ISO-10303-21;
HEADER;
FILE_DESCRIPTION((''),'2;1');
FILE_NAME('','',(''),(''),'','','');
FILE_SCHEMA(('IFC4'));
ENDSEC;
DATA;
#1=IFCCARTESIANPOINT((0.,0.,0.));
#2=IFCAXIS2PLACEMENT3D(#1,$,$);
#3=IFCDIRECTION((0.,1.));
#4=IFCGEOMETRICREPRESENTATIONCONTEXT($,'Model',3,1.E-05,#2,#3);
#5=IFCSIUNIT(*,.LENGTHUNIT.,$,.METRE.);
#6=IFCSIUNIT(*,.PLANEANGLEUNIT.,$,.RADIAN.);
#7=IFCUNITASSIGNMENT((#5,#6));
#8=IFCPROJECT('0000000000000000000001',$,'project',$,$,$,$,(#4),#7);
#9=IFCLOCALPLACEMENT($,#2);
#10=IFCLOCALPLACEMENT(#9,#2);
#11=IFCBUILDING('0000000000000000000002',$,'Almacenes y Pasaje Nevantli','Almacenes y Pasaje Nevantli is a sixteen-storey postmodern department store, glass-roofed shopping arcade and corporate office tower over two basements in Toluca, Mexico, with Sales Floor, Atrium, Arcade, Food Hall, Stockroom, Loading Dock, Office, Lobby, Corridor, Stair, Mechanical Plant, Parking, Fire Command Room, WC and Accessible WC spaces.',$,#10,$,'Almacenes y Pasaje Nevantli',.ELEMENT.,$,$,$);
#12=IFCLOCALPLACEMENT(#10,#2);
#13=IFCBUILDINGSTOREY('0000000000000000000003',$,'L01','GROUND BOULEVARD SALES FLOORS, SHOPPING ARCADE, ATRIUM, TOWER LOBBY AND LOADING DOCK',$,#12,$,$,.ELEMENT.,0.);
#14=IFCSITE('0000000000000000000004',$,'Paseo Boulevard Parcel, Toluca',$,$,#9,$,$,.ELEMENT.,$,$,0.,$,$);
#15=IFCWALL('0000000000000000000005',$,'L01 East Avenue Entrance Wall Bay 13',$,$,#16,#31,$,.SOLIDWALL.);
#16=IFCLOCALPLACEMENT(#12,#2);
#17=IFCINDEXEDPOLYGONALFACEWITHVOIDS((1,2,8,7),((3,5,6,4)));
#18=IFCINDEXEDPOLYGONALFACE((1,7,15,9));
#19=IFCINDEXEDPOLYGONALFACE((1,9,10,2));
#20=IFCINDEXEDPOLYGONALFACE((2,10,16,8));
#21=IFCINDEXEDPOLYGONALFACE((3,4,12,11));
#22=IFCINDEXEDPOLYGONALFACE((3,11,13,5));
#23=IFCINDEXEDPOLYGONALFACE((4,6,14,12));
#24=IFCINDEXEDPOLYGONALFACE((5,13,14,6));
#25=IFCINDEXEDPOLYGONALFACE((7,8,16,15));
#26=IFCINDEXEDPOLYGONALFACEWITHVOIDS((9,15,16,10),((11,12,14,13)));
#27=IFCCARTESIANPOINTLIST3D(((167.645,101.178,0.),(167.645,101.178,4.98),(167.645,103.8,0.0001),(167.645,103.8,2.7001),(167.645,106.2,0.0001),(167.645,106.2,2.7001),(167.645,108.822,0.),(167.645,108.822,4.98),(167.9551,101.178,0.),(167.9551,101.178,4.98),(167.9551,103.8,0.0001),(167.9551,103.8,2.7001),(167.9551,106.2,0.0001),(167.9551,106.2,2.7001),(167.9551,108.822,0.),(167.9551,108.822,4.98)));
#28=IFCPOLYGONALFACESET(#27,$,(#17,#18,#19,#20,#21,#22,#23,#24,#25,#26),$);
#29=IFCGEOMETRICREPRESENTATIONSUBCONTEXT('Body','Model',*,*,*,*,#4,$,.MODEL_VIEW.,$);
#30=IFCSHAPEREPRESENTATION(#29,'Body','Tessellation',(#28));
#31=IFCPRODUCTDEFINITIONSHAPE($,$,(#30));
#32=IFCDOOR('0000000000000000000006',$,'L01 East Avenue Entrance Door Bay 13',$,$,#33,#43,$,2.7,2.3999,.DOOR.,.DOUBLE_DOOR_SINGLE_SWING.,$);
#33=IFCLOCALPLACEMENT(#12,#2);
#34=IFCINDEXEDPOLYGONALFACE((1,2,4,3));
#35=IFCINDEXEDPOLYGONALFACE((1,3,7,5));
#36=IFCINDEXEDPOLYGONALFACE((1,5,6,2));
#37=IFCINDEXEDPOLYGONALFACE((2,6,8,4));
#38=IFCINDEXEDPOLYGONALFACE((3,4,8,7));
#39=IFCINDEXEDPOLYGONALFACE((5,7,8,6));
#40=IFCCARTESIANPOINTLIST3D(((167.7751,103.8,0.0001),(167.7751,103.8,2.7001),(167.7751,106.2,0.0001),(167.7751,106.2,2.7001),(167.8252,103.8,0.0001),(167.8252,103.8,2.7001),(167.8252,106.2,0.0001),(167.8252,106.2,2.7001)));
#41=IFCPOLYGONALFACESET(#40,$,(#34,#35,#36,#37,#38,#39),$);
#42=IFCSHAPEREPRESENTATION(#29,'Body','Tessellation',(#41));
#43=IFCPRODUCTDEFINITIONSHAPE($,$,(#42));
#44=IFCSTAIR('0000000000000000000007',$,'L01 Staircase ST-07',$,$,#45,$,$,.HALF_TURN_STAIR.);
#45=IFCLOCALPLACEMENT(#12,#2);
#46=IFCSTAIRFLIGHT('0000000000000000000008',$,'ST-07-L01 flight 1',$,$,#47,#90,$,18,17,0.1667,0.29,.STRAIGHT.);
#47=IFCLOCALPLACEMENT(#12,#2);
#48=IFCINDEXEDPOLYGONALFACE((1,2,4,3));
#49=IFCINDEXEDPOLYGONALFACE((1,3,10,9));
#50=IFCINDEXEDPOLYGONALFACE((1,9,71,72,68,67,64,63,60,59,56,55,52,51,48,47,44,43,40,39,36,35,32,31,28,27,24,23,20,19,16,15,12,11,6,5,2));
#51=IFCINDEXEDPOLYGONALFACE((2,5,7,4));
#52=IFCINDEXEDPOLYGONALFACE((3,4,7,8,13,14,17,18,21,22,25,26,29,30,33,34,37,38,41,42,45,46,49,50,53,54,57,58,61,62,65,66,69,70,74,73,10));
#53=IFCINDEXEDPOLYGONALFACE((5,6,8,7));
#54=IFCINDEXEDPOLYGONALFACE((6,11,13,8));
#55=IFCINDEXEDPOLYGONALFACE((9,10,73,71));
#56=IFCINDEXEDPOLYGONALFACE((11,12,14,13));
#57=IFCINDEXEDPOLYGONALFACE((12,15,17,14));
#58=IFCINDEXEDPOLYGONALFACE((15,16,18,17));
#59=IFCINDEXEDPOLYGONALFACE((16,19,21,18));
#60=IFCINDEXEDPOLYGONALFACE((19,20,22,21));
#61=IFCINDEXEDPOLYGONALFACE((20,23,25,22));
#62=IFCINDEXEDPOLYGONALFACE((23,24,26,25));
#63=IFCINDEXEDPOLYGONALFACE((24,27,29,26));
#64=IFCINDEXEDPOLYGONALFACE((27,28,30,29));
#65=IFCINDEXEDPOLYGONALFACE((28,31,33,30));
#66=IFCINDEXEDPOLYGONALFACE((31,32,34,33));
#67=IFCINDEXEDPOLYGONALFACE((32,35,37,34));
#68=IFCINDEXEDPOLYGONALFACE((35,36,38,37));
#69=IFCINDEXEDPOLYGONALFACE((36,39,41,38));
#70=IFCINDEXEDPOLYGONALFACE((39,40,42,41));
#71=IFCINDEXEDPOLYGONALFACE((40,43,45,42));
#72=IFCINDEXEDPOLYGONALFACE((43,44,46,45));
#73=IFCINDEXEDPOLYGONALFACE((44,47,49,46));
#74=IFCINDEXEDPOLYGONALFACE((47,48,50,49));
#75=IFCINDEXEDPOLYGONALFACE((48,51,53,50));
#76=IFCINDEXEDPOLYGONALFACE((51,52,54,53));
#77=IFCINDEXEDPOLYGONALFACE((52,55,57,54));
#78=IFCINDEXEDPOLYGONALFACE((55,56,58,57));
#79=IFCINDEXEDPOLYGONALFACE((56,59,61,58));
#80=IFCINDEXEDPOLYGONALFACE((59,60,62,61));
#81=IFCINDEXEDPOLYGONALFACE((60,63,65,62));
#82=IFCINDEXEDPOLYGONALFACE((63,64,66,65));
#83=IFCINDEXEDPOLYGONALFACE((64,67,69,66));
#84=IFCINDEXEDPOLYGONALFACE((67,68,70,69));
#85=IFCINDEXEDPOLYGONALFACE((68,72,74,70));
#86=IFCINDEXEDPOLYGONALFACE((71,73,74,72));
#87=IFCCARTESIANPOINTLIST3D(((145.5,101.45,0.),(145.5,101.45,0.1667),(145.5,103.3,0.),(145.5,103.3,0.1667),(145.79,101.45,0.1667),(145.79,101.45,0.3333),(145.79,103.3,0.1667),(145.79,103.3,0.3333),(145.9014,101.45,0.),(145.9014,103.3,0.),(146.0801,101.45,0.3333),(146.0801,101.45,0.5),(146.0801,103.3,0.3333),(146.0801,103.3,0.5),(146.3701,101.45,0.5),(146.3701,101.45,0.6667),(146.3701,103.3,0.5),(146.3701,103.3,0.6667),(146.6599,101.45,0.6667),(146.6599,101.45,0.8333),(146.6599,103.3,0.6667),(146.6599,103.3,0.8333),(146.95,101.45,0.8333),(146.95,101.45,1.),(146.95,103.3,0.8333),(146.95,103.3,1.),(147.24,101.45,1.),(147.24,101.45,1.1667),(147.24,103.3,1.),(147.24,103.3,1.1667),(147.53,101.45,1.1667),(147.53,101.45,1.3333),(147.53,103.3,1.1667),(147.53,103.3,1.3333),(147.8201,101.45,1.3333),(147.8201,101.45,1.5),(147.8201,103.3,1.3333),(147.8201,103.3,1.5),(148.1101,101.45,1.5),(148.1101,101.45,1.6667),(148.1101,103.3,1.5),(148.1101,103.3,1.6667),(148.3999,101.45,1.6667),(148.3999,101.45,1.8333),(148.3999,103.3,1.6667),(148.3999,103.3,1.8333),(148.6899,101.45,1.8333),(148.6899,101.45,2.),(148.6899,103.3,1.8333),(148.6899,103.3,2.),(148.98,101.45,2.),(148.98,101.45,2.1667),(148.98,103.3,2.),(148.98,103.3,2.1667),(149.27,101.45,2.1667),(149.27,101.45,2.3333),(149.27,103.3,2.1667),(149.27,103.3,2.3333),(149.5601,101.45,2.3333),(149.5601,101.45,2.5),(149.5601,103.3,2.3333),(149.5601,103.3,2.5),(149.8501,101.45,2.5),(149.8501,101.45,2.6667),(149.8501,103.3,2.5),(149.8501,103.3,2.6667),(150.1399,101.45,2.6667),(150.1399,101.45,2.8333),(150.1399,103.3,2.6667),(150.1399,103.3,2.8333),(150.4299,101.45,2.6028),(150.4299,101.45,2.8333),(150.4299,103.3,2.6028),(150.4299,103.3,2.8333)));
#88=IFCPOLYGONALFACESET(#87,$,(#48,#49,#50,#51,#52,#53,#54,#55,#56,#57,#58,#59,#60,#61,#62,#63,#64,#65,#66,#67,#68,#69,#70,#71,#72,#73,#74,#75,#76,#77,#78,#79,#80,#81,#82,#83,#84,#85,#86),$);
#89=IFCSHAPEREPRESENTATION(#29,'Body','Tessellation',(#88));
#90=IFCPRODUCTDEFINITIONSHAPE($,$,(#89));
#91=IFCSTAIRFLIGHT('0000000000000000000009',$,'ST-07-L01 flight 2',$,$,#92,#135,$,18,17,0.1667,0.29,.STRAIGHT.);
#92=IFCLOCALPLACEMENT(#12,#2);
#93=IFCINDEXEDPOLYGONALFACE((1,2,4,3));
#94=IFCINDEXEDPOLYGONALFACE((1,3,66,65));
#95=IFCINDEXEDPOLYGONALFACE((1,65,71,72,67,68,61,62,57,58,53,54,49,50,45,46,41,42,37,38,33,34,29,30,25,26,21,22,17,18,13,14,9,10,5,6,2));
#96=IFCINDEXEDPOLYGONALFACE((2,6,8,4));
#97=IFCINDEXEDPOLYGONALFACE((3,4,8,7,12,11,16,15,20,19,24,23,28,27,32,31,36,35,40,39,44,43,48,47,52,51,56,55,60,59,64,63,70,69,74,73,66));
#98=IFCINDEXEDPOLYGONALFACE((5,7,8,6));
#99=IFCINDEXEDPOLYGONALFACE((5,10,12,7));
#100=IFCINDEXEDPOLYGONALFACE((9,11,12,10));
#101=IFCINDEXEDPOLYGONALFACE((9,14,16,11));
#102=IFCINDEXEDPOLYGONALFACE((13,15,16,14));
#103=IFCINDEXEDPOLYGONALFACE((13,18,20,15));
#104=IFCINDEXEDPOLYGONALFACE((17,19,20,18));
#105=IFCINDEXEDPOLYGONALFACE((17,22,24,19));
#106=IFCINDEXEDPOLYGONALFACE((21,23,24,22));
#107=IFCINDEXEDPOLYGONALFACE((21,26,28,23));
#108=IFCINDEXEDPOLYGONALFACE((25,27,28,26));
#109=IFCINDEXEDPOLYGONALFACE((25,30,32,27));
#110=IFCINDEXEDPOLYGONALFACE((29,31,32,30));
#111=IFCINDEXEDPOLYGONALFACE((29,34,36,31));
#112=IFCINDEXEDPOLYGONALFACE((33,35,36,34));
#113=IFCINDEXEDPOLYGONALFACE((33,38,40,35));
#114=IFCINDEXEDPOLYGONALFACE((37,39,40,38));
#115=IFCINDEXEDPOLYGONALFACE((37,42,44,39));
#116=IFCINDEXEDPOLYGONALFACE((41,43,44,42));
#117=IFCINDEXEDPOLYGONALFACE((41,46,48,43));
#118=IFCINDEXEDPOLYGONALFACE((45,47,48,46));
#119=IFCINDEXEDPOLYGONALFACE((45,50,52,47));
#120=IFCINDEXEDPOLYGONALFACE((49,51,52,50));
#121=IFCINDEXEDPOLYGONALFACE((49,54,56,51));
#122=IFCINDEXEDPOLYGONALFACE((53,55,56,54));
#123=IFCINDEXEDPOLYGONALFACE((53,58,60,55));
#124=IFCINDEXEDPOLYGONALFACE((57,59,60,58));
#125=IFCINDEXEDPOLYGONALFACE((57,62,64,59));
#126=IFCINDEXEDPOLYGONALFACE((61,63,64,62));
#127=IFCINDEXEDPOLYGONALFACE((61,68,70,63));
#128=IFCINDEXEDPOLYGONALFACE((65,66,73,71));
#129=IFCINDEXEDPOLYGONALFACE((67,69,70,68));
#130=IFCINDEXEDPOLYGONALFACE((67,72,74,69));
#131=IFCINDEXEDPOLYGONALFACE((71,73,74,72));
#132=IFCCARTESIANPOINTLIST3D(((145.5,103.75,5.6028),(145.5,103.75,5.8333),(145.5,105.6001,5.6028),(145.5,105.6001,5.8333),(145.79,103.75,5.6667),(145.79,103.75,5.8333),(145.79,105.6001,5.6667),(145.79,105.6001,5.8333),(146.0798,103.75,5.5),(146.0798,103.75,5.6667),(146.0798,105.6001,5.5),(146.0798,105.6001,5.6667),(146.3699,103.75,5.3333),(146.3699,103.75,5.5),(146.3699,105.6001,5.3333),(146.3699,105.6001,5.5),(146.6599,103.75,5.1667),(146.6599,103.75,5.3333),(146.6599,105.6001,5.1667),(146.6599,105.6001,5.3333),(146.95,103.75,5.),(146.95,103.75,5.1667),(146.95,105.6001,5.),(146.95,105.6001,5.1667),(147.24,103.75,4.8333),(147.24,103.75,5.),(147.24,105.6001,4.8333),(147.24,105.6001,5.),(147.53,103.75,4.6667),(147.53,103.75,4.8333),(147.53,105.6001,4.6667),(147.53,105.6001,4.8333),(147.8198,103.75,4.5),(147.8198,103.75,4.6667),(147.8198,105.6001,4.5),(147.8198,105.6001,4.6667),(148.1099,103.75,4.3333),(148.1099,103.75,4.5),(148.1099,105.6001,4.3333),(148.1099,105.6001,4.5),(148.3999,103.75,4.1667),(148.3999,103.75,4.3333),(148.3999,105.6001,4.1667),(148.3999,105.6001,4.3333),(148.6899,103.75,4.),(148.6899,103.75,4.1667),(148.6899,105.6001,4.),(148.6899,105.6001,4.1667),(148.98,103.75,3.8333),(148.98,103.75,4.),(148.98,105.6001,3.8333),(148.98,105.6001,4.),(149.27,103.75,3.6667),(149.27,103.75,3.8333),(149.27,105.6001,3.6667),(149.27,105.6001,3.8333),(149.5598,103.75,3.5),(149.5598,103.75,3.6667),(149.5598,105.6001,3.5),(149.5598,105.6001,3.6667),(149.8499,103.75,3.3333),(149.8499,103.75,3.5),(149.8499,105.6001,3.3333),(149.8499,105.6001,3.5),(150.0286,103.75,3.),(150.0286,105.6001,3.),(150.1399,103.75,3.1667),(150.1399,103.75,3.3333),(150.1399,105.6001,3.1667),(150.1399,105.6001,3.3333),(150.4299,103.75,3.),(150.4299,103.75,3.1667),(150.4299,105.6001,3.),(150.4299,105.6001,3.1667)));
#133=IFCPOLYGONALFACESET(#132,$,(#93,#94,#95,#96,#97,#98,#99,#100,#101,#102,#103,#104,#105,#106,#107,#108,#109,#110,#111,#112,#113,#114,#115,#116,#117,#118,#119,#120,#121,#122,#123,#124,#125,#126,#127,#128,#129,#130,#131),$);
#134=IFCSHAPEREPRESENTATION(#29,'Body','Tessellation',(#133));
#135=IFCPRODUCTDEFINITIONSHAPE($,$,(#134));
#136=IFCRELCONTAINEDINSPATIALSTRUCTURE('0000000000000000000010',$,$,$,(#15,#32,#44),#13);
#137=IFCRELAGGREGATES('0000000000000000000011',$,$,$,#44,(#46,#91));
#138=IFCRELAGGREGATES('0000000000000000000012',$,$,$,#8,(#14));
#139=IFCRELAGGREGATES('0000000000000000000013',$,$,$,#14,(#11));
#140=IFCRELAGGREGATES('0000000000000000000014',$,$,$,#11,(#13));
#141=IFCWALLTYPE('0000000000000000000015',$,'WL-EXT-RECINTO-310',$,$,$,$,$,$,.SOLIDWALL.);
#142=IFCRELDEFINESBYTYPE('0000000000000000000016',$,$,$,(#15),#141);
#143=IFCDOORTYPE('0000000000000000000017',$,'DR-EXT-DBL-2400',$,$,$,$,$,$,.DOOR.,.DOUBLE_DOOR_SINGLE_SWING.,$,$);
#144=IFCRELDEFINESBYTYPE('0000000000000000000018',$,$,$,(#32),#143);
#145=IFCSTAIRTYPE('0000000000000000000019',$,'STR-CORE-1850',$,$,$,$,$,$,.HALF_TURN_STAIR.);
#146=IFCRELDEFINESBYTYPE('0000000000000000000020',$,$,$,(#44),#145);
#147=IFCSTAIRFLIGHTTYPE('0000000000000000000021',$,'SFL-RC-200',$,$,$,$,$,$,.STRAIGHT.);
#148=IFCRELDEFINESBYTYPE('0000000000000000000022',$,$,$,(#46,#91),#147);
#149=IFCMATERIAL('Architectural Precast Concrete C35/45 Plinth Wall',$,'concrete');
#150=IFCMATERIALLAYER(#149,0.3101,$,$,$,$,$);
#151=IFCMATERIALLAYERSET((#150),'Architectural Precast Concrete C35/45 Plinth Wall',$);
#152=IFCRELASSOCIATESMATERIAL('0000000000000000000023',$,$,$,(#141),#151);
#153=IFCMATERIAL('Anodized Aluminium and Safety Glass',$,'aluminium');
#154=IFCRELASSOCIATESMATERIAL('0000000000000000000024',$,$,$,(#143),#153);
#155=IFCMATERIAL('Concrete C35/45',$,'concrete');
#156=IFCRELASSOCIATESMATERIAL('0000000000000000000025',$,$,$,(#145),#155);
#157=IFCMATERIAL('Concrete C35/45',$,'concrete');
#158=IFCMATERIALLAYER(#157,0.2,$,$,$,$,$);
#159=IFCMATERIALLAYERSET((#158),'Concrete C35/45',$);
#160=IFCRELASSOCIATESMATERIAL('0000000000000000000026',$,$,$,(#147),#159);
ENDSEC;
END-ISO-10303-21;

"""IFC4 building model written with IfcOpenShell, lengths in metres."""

from ifc_helpers import new_model, si_unit, direction, frame, frame_2d, origin, place, context, subcontext, project, spatial, polyline, rectangle, outline, extrude, material, layer, layer_set, type_object, element, fill, aggregate, save


model = new_model("IFC4")

# Units and contexts
model_context = context("Model", 3, precision=1e-05, world=origin(), true_north=direction((0.0, 1.0)))
body_context = subcontext(model_context, "Body", "Model", "MODEL_VIEW")
ifc_project = project(units=[si_unit("LENGTHUNIT", "METRE"), si_unit("PLANEANGLEUNIT", "RADIAN")], contexts=[model_context])

# Site, building, storey
site_placement = place(None, origin())
site = spatial("IfcSite", under=ifc_project, at=site_placement, Name="Paseo Boulevard Parcel, Toluca", CompositionType="ELEMENT", RefElevation=0.0)
building_placement = place(site_placement, origin())
building = spatial("IfcBuilding", under=site, at=building_placement, Name="Almacenes y Pasaje Nevantli", Description="Almacenes y Pasaje Nevantli is a sixteen-storey postmodern department store, glass-roofed shopping arcade and corporate office tower over two basements in Toluca, Mexico, with Sales Floor, Atrium, Arcade, Food Hall, Stockroom, Loading Dock, Office, Lobby, Corridor, Stair, Mechanical Plant, Parking, Fire Command Room, WC and Accessible WC spaces.", LongName="Almacenes y Pasaje Nevantli", CompositionType="ELEMENT")
storey_placement = place(building_placement, origin())
storey = spatial("IfcBuildingStorey", under=building, at=storey_placement, Name="L01", Description="GROUND BOULEVARD SALES FLOORS, SHOPPING ARCADE, ATRIUM, TOWER LOBBY AND LOADING DOCK", CompositionType="ELEMENT", Elevation=0.0)

# Shared definitions
ifc_material_1 = material(Name="Architectural Precast Concrete C35/45 Plinth Wall", Category="concrete")
ifc_layer_1 = layer(ifc_material_1, 0.3101)
ifc_layer_set_1 = layer_set([ifc_layer_1], Name="Architectural Precast Concrete C35/45 Plinth Wall")
wall_type_1 = type_object("IfcWallType", Name="WL-EXT-RECINTO-310", PredefinedType="SOLIDWALL", material=ifc_layer_set_1)

# Wall, opening, door
wall_1_placement = place(storey_placement, frame((167.8, 101.178, 0.0), z_axis=(0.0, 0.0, 1.0), x_axis=(0.0, 1.0, 0.0)))
wall_1 = element("IfcWall", 1, at=wall_1_placement, inside=storey, type_object=wall_type_1, Name="L01 East Avenue Entrance Wall Bay 13", PredefinedType="SOLIDWALL", context=body_context, shape_type="SweptSolid", body=[
    extrude(rectangle(XDim=7.644, YDim=0.3101, at=frame_2d((3.822, 0.0))), origin(), (0.0, 0.0, 1.0), 4.98),
])
opening_1_placement = place(wall_1_placement, frame((2.6221, 0.0, 0.0)))
opening_1 = element("IfcOpeningElement", 2, at=opening_1_placement, cuts=wall_1, PredefinedType="OPENING", context=body_context, shape_type="SweptSolid", body=[
    extrude(rectangle(XDim=2.3999, YDim=2.7, at=frame_2d((1.2, 1.3501))), frame((0.0, 0.165, 0.0), z_axis=(0.0, -1.0, 0.0), x_axis=(1.0, 0.0, 0.0)), (0.0, 0.0, 1.0), 0.3301),
])
ifc_material_2 = material(Name="Anodized Aluminium and Safety Glass", Category="aluminium")
door_type = type_object("IfcDoorType", Name="DR-EXT-DBL-2400", OperationType="DOUBLE_DOOR_SINGLE_SWING", PredefinedType="DOOR", material=ifc_material_2)
door_placement = place(opening_1_placement, origin())
door = element("IfcDoor", 3, at=door_placement, inside=storey, type_object=door_type, Name="L01 East Avenue Entrance Door Bay 13", OperationType="DOUBLE_DOOR_SINGLE_SWING", OverallHeight=2.7, OverallWidth=2.3999, PredefinedType="DOOR", context=body_context, shape_type="SweptSolid", body=[
    extrude(rectangle(XDim=2.3999, YDim=2.7, at=frame_2d((1.2, 1.3501))), frame((0.0, 0.0249, 0.0), z_axis=(0.0, -1.0, 0.0), x_axis=(1.0, 0.0, 0.0)), (0.0, 0.0, 1.0), 0.05),
])
fill(opening_1, door)

# Stair, stair flights
ifc_material_3 = material(Name="Concrete C35/45", Category="concrete")
stair_type = type_object("IfcStairType", Name="STR-CORE-1850", PredefinedType="HALF_TURN_STAIR", material=ifc_material_3)
stair_placement = place(storey_placement, origin())
stair = element("IfcStair", 4, at=stair_placement, inside=storey, type_object=stair_type, Name="L01 Staircase ST-07", PredefinedType="HALF_TURN_STAIR")
ifc_material_4 = material(Name="Concrete C35/45", Category="concrete")
ifc_layer_2 = layer(ifc_material_4, 0.2)
ifc_layer_set_2 = layer_set([ifc_layer_2], Name="Concrete C35/45")
stair_flight_type = type_object("IfcStairFlightType", Name="SFL-RC-200", PredefinedType="STRAIGHT", material=ifc_layer_set_2)
stair_flight_1_placement = place(storey_placement, frame((145.5, 102.375, 0.0), z_axis=(0.0, 0.0, 1.0), x_axis=(1.0, 0.0, 0.0)))
stair_flight_1 = element("IfcStairFlight", 5, at=stair_flight_1_placement, type_object=stair_flight_type, Name="ST-07-L01 flight 1", NumberOfRisers=18, NumberOfTreads=17, PredefinedType="STRAIGHT", RiserHeight=0.1667, TreadLength=0.29, context=body_context, shape_type="SweptSolid", body=[
    extrude(outline(polyline([(0.0, 0.0), (0.0, 0.1667), (0.29, 0.1667), (0.29, 0.3333), (0.5801, 0.3333), (0.5801, 0.5), (0.8701, 0.5), (0.8701, 0.6667), (1.1599, 0.6667), (1.1599, 0.8333), (1.45, 0.8333), (1.45, 1.0), (1.74, 1.0), (1.74, 1.1667), (2.03, 1.1667), (2.03, 1.3333), (2.3201, 1.3333), (2.3201, 1.5), (2.6101, 1.5), (2.6101, 1.6667), (2.8999, 1.6667), (2.8999, 1.8333), (3.1899, 1.8333), (3.1899, 2.0), (3.48, 2.0), (3.48, 2.1667), (3.77, 2.1667), (3.77, 2.3333), (4.0601, 2.3333), (4.0601, 2.5), (4.3501, 2.5), (4.3501, 2.6667), (4.6399, 2.6667), (4.6399, 2.8333), (4.9299, 2.8333), (4.9299, 3.0), (4.9299, 2.6028), (0.4014, 0.0), (0.0, 0.0)])), frame((0.0, 0.925, 0.0), z_axis=(0.0, -1.0, 0.0), x_axis=(1.0, 0.0, 0.0)), (0.0, 0.0, 1.0), 1.8501),
])
stair_flight_2_placement = place(storey_placement, frame((150.4299, 104.675, 3.0), z_axis=(0.0, 0.0, 1.0), x_axis=(-1.0, 0.0, 0.0)))
stair_flight_2 = element("IfcStairFlight", 6, at=stair_flight_2_placement, type_object=stair_flight_type, Name="ST-07-L01 flight 2", NumberOfRisers=18, NumberOfTreads=17, PredefinedType="STRAIGHT", RiserHeight=0.1667, TreadLength=0.29, context=body_context, shape_type="SweptSolid", body=[
    extrude(outline(polyline([(0.0, 0.0), (0.0, 0.1667), (0.29, 0.1667), (0.29, 0.3333), (0.5801, 0.3333), (0.5801, 0.5), (0.8701, 0.5), (0.8701, 0.6667), (1.1599, 0.6667), (1.1599, 0.8333), (1.45, 0.8333), (1.45, 1.0), (1.74, 1.0), (1.74, 1.1667), (2.03, 1.1667), (2.03, 1.3333), (2.3201, 1.3333), (2.3201, 1.5), (2.6101, 1.5), (2.6101, 1.6667), (2.8999, 1.6667), (2.8999, 1.8333), (3.1899, 1.8333), (3.1899, 2.0), (3.48, 2.0), (3.48, 2.1667), (3.77, 2.1667), (3.77, 2.3333), (4.0601, 2.3333), (4.0601, 2.5), (4.3501, 2.5), (4.3501, 2.6667), (4.6399, 2.6667), (4.6399, 2.8333), (4.9299, 2.8333), (4.9299, 3.0), (4.9299, 2.6028), (0.4014, 0.0), (0.0, 0.0)])), frame((0.0, 0.925, 0.0), z_axis=(0.0, -1.0, 0.0), x_axis=(1.0, 0.0, 0.0)), (0.0, 0.0, 1.0), 1.8501),
])
aggregate(stair, [stair_flight_1, stair_flight_2])

save(model, "model.ifc")
